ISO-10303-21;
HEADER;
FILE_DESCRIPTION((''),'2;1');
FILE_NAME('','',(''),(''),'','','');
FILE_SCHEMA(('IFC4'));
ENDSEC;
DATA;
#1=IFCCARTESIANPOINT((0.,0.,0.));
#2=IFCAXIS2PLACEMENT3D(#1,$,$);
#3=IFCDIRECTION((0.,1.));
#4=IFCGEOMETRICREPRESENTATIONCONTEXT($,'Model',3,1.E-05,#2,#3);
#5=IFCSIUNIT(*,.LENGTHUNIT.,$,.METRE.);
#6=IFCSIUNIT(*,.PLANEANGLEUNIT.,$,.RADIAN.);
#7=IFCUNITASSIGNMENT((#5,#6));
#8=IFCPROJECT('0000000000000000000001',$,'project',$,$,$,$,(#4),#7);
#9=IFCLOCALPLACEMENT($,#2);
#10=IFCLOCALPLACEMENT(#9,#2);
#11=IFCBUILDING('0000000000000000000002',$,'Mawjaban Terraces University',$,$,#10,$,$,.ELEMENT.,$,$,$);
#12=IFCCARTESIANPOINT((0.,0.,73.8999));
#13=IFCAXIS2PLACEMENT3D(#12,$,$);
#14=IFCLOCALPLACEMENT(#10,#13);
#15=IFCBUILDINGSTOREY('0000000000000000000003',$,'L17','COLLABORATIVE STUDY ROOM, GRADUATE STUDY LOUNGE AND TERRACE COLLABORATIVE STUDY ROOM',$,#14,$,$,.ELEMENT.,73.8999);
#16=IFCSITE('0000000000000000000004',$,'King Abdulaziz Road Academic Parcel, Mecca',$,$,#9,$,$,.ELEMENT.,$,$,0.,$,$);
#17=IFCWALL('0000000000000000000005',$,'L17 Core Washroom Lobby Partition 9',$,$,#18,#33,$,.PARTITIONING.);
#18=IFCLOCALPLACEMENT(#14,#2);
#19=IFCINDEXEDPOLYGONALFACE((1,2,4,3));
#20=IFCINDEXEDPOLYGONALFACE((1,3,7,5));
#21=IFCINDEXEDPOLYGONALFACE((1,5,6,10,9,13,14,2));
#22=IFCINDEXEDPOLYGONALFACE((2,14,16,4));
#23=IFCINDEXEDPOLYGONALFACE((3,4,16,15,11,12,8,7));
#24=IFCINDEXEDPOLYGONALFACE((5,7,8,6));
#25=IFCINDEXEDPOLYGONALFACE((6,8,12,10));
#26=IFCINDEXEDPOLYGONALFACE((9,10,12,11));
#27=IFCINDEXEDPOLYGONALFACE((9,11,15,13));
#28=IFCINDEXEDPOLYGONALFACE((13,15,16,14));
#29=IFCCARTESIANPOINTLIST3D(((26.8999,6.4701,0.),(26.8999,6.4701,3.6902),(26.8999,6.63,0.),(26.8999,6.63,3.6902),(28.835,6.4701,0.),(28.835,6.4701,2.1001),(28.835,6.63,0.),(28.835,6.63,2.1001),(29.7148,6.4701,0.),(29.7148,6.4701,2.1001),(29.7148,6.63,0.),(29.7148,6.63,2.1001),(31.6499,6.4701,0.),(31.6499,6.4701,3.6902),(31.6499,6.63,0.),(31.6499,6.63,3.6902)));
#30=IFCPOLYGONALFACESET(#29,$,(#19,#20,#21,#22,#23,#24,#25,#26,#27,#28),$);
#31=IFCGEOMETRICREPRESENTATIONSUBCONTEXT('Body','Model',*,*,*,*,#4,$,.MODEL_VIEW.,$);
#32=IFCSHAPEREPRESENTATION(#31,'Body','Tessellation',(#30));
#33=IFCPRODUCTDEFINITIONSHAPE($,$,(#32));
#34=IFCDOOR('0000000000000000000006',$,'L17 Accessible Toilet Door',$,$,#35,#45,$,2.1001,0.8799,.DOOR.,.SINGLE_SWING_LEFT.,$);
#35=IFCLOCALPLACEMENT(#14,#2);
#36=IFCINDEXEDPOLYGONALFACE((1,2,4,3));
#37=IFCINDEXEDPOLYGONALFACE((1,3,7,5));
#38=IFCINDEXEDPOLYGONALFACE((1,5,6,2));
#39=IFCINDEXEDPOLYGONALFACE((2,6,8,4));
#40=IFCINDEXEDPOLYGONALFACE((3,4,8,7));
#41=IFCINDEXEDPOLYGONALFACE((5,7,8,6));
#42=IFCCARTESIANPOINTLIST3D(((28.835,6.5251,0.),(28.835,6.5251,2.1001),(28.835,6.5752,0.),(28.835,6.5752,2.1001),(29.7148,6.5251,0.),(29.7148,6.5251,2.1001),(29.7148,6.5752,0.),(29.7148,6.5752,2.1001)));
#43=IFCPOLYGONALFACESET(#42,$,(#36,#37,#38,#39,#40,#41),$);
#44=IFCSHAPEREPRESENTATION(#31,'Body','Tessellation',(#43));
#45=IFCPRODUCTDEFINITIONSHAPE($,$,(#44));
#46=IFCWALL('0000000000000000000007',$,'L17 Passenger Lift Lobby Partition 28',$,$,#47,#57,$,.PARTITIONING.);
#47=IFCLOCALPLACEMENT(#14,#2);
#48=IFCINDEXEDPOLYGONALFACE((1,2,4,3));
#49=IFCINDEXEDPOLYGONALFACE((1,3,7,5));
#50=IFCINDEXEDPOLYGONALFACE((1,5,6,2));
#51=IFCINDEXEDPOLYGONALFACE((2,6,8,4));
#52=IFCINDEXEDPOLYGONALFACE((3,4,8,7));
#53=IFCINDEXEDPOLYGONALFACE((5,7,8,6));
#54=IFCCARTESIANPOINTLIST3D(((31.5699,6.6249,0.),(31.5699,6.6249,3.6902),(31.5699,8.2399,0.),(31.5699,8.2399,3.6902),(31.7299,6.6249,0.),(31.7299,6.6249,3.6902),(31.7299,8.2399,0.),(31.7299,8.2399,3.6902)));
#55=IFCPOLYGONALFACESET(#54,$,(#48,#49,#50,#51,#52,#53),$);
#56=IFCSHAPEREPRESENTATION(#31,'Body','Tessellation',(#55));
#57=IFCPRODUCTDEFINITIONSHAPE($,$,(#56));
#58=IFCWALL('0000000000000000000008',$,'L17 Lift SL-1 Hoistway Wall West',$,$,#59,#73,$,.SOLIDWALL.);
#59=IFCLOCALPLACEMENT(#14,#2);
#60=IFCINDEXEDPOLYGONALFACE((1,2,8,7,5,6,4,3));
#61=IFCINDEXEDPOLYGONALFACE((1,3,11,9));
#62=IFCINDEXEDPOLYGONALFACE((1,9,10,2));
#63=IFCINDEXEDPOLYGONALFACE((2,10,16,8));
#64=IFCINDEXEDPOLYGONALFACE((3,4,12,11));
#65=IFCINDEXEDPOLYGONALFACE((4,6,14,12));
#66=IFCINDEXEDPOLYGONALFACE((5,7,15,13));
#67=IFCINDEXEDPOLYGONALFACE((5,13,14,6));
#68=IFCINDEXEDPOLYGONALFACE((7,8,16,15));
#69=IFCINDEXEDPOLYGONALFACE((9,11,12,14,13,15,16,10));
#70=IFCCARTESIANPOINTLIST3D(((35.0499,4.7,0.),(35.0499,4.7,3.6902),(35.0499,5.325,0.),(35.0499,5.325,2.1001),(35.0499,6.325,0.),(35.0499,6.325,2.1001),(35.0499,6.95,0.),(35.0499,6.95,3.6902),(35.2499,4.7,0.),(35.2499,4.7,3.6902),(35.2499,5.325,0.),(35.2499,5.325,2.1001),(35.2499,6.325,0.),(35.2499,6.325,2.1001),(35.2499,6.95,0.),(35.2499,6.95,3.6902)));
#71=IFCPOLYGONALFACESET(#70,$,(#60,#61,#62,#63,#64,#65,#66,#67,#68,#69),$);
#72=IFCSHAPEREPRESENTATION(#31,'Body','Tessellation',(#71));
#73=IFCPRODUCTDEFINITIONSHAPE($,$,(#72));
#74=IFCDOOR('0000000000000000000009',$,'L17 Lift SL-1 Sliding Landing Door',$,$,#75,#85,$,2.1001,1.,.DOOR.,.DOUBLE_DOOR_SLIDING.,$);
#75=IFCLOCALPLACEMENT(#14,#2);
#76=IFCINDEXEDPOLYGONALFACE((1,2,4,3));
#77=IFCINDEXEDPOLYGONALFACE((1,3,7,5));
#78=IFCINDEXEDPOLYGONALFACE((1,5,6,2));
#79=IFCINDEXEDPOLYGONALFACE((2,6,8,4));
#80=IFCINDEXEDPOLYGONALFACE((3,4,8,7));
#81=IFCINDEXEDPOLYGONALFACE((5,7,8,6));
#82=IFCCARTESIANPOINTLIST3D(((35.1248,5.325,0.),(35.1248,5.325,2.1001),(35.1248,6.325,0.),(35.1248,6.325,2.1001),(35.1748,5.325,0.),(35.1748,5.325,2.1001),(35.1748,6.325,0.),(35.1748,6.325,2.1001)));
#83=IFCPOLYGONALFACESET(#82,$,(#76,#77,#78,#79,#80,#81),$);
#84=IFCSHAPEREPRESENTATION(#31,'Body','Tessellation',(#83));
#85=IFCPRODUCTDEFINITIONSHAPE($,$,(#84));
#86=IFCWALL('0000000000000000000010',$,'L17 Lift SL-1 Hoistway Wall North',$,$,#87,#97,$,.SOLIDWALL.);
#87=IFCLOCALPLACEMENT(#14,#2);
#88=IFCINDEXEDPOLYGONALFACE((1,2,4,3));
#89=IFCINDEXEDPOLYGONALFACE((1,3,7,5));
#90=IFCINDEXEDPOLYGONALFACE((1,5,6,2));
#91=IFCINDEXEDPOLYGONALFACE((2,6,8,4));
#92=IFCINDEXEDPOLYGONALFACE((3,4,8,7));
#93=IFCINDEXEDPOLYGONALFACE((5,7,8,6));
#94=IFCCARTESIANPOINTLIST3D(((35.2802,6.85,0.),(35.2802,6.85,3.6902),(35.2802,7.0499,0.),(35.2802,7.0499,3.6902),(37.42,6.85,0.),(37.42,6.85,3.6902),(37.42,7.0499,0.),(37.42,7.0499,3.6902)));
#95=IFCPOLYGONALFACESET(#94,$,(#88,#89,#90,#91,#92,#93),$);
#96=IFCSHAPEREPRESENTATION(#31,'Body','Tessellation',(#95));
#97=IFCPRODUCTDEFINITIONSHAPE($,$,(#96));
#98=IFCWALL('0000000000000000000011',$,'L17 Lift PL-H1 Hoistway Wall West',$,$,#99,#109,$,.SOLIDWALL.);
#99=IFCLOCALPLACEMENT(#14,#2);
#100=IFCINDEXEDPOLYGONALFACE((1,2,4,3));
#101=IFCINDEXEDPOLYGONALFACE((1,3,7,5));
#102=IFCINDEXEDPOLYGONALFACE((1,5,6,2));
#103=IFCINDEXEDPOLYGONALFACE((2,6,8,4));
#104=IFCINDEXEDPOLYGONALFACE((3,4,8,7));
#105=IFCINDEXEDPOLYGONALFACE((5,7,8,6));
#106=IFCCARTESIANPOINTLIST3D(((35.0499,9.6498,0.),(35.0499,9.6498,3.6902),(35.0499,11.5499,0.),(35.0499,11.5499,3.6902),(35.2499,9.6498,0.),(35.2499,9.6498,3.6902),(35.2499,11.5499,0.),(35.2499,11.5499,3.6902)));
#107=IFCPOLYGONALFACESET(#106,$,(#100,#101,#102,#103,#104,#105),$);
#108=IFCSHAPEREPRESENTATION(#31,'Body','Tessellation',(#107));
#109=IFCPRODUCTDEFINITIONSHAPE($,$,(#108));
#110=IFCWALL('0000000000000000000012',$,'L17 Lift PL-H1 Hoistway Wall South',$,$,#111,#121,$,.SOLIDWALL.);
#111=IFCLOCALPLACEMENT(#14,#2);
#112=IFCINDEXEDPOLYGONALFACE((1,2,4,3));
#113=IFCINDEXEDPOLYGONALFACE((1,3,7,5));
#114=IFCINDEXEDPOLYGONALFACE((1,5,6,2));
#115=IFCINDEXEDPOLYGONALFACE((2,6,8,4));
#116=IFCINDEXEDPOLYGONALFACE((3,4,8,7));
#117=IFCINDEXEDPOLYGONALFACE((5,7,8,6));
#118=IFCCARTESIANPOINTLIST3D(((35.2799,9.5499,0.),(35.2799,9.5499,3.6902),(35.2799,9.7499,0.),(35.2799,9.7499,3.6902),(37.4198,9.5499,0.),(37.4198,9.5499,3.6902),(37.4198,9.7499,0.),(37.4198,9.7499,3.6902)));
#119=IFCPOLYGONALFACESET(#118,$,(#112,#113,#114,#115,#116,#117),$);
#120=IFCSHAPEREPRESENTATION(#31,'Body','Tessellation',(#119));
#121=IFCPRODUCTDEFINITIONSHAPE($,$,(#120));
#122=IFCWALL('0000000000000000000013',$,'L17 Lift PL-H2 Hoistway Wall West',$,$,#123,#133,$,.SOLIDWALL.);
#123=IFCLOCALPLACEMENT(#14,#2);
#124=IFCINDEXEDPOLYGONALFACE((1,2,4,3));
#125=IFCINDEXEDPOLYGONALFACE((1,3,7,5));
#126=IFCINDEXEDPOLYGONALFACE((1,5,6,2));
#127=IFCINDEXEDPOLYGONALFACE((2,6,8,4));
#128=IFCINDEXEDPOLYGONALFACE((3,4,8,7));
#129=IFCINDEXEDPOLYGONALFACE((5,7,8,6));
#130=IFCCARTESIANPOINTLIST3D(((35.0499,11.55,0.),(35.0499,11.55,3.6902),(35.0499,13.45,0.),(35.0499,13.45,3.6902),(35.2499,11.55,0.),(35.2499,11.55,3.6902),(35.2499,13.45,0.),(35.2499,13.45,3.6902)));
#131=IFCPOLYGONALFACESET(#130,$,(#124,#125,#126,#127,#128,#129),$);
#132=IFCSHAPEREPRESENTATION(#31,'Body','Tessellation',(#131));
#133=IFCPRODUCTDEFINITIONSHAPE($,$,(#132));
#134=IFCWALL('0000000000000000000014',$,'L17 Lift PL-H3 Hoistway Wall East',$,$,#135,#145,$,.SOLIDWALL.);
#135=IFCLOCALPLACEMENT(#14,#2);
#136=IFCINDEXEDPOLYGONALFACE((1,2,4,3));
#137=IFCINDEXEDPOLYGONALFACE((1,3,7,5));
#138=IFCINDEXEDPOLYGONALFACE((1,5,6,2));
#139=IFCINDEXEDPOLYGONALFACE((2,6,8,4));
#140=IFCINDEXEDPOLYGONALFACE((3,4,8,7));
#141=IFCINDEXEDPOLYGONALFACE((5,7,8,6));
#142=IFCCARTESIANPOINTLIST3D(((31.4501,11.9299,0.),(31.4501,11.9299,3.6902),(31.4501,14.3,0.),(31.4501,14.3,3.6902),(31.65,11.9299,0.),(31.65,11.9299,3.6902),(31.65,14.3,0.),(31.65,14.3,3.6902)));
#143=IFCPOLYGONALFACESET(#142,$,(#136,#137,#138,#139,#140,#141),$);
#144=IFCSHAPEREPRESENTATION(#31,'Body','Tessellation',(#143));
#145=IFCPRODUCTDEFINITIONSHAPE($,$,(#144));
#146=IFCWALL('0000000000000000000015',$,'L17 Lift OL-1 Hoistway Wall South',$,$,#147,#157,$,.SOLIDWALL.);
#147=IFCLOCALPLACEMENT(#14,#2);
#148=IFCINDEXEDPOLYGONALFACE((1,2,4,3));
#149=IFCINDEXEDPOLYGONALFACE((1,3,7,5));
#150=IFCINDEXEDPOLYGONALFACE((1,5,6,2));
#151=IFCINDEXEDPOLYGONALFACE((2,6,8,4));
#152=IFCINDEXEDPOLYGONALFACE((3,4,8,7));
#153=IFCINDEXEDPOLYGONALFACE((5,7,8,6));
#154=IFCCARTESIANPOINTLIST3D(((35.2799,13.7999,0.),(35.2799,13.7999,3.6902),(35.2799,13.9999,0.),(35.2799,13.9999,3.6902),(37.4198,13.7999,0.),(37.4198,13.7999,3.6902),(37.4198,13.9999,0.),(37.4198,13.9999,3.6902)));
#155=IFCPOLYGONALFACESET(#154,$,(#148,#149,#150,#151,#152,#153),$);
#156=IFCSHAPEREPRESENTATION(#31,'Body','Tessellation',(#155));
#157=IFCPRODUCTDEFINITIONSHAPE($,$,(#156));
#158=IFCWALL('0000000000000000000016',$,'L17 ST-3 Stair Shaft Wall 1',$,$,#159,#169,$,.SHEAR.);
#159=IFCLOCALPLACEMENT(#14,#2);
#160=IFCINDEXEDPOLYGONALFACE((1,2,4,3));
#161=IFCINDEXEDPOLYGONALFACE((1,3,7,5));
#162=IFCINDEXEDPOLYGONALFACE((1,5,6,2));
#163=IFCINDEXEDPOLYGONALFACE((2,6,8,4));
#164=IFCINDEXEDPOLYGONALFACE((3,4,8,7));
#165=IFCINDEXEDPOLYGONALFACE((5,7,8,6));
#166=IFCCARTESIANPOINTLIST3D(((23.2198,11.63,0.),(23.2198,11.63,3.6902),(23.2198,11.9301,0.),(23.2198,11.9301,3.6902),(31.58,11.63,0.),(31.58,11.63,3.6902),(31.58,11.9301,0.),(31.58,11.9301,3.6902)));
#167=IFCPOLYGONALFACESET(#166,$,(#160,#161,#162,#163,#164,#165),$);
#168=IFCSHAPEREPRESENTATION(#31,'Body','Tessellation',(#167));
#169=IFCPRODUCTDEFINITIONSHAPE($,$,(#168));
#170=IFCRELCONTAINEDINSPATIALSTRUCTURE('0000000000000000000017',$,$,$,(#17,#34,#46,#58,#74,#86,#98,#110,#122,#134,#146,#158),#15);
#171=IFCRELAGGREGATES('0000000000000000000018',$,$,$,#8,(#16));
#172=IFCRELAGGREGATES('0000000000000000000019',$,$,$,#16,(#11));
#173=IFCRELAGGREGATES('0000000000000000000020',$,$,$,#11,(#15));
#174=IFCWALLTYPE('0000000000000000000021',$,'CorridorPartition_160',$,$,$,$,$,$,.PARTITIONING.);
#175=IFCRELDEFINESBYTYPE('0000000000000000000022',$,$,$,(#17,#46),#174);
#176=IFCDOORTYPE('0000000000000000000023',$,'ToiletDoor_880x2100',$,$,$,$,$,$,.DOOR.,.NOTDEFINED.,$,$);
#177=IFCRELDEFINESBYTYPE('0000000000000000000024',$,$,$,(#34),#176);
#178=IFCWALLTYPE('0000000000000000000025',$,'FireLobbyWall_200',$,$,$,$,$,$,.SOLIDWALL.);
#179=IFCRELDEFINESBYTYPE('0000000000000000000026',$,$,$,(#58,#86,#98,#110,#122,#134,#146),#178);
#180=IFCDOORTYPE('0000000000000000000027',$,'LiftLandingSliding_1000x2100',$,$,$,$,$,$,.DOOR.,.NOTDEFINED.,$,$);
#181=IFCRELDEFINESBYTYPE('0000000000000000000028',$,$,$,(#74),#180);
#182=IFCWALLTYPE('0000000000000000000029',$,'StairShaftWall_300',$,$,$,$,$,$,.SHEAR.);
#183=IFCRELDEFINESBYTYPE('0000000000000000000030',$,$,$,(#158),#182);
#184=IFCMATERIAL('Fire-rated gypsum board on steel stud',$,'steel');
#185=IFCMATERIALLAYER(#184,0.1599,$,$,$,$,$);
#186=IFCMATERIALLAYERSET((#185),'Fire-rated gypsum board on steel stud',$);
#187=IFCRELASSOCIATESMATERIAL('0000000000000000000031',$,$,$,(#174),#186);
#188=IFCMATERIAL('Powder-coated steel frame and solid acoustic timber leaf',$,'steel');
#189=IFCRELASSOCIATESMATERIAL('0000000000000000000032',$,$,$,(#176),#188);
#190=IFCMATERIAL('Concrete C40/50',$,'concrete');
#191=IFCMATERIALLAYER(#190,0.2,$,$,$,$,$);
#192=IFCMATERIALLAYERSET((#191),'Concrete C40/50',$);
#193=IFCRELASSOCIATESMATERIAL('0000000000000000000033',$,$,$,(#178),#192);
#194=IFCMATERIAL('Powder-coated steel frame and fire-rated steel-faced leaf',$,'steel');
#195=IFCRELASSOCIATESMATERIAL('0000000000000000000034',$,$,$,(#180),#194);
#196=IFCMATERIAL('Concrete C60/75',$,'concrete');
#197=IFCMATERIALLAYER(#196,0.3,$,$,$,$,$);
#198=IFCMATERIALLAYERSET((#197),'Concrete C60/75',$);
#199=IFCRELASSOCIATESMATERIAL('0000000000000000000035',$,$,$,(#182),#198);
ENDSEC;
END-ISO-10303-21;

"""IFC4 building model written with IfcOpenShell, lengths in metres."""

from ifc_helpers import new_model, si_unit, direction, frame, frame_2d, origin, place, context, subcontext, project, spatial, rectangle, extrude, material, layer, layer_set, type_object, element, fill, save


model = new_model("IFC4")

# Units and contexts
model_context = context("Model", 3, precision=1e-05, world=origin(), true_north=direction((0.0, 1.0)))
body_context = subcontext(model_context, "Body", "Model", "MODEL_VIEW")
ifc_project = project(units=[si_unit("LENGTHUNIT", "METRE"), si_unit("PLANEANGLEUNIT", "RADIAN")], contexts=[model_context])

# Site, building, storey
site_placement = place(None, origin())
site = spatial("IfcSite", under=ifc_project, at=site_placement, Name="King Abdulaziz Road Academic Parcel, Mecca", CompositionType="ELEMENT", RefElevation=0.0)
building_placement = place(site_placement, origin())
building = spatial("IfcBuilding", under=site, at=building_placement, Name="Mawjaban Terraces University", CompositionType="ELEMENT")
storey_placement = place(building_placement, frame((0.0, 0.0, 73.8999)))
storey = spatial("IfcBuildingStorey", under=building, at=storey_placement, Name="L17", Description="COLLABORATIVE STUDY ROOM, GRADUATE STUDY LOUNGE AND TERRACE COLLABORATIVE STUDY ROOM", CompositionType="ELEMENT", Elevation=73.8999)

# Wall, opening, door
ifc_material_1 = material(Name="Fire-rated gypsum board on steel stud", Category="steel")
ifc_layer_1 = layer(ifc_material_1, 0.1599)
ifc_layer_set_1 = layer_set([ifc_layer_1], Name="Fire-rated gypsum board on steel stud")
wall_type_1 = type_object("IfcWallType", Name="CorridorPartition_160", PredefinedType="PARTITIONING", material=ifc_layer_set_1)
wall_1_placement = place(storey_placement, frame((31.6499, 6.55, 0.0), z_axis=(0.0, 0.0, 1.0), x_axis=(-1.0, 0.0, 0.0)))
wall_1 = element("IfcWall", 1, at=wall_1_placement, inside=storey, type_object=wall_type_1, Name="L17 Core Washroom Lobby Partition 9", PredefinedType="PARTITIONING", context=body_context, shape_type="SweptSolid", body=[
    extrude(rectangle(XDim=4.75, YDim=0.1599, at=frame_2d((2.375, 0.0))), origin(), (0.0, 0.0, 1.0), 3.6902),
])
opening_1_placement = place(wall_1_placement, frame((1.9351, 0.0, 0.0)))
opening_1 = element("IfcOpeningElement", 2, at=opening_1_placement, cuts=wall_1, PredefinedType="OPENING", context=body_context, shape_type="SweptSolid", body=[
    extrude(rectangle(XDim=0.8799, YDim=2.1001, at=frame_2d((0.4399, 1.05))), frame((0.0, 0.0898, 0.0), z_axis=(0.0, -1.0, 0.0), x_axis=(1.0, 0.0, 0.0)), (0.0, 0.0, 1.0), 0.1799),
])
ifc_material_2 = material(Name="Powder-coated steel frame and solid acoustic timber leaf", Category="steel")
door_type_1 = type_object("IfcDoorType", Name="ToiletDoor_880x2100", OperationType="NOTDEFINED", PredefinedType="DOOR", material=ifc_material_2)
door_1_placement = place(opening_1_placement, origin())
door_1 = element("IfcDoor", 3, at=door_1_placement, inside=storey, type_object=door_type_1, Name="L17 Accessible Toilet Door", OperationType="SINGLE_SWING_LEFT", OverallHeight=2.1001, OverallWidth=0.8799, PredefinedType="DOOR", context=body_context, shape_type="SweptSolid", body=[
    extrude(rectangle(XDim=0.8799, YDim=2.1001, at=frame_2d((0.4399, 1.05))), frame((0.0, 0.0249, 0.0), z_axis=(0.0, -1.0, 0.0), x_axis=(1.0, 0.0, 0.0)), (0.0, 0.0, 1.0), 0.05),
])
fill(opening_1, door_1)

# Wall
wall_2_placement = place(storey_placement, frame((31.6499, 8.24, 0.0), z_axis=(0.0, 0.0, 1.0), x_axis=(0.0, -1.0, 0.0)))
element("IfcWall", 4, at=wall_2_placement, inside=storey, type_object=wall_type_1, Name="L17 Passenger Lift Lobby Partition 28", PredefinedType="PARTITIONING", context=body_context, shape_type="SweptSolid", body=[
    extrude(rectangle(XDim=1.615, YDim=0.1599, at=frame_2d((0.8076, 0.0))), origin(), (0.0, 0.0, 1.0), 3.6902),
])

# Wall, opening, door
ifc_material_3 = material(Name="Concrete C40/50", Category="concrete")
ifc_layer_2 = layer(ifc_material_3, 0.2)
ifc_layer_set_2 = layer_set([ifc_layer_2], Name="Concrete C40/50")
wall_type_2 = type_object("IfcWallType", Name="FireLobbyWall_200", PredefinedType="SOLIDWALL", material=ifc_layer_set_2)
wall_3_placement = place(storey_placement, frame((35.1499, 6.95, 0.0), z_axis=(0.0, 0.0, 1.0), x_axis=(0.0, -1.0, 0.0)))
wall_3 = element("IfcWall", 5, at=wall_3_placement, inside=storey, type_object=wall_type_2, Name="L17 Lift SL-1 Hoistway Wall West", PredefinedType="SOLIDWALL", context=body_context, shape_type="SweptSolid", body=[
    extrude(rectangle(XDim=2.25, YDim=0.2, at=frame_2d((1.125, 0.0))), origin(), (0.0, 0.0, 1.0), 3.6902),
])
opening_2_placement = place(wall_3_placement, frame((0.625, 0.0, 0.0)))
opening_2 = element("IfcOpeningElement", 6, at=opening_2_placement, cuts=wall_3, PredefinedType="OPENING", context=body_context, shape_type="SweptSolid", body=[
    extrude(rectangle(XDim=1.0, YDim=2.1001, at=frame_2d((0.5, 1.05))), frame((0.0, 0.1099, 0.0), z_axis=(0.0, -1.0, 0.0), x_axis=(1.0, 0.0, 0.0)), (0.0, 0.0, 1.0), 0.22),
])
ifc_material_4 = material(Name="Powder-coated steel frame and fire-rated steel-faced leaf", Category="steel")
door_type_2 = type_object("IfcDoorType", Name="LiftLandingSliding_1000x2100", OperationType="NOTDEFINED", PredefinedType="DOOR", material=ifc_material_4)
door_2_placement = place(opening_2_placement, origin())
door_2 = element("IfcDoor", 7, at=door_2_placement, inside=storey, type_object=door_type_2, Name="L17 Lift SL-1 Sliding Landing Door", OperationType="DOUBLE_DOOR_SLIDING", OverallHeight=2.1001, OverallWidth=1.0, PredefinedType="DOOR", context=body_context, shape_type="SweptSolid", body=[
    extrude(rectangle(XDim=1.0, YDim=2.1001, at=frame_2d((0.5, 1.05))), frame((0.0, 0.0249, 0.0), z_axis=(0.0, -1.0, 0.0), x_axis=(1.0, 0.0, 0.0)), (0.0, 0.0, 1.0), 0.05),
])
fill(opening_2, door_2)

# Walls
wall_4_placement = place(storey_placement, frame((37.4199, 6.95, 0.0), z_axis=(0.0, 0.0, 1.0), x_axis=(-1.0, 0.0, 0.0)))
element("IfcWall", 8, at=wall_4_placement, inside=storey, type_object=wall_type_2, Name="L17 Lift SL-1 Hoistway Wall North", PredefinedType="SOLIDWALL", context=body_context, shape_type="SweptSolid", body=[
    extrude(rectangle(XDim=2.1399, YDim=0.2, at=frame_2d((1.0698, 0.0))), origin(), (0.0, 0.0, 1.0), 3.6902),
])
wall_5_placement = place(storey_placement, frame((35.1499, 11.55, 0.0), z_axis=(0.0, 0.0, 1.0), x_axis=(0.0, -1.0, 0.0)))
element("IfcWall", 9, at=wall_5_placement, inside=storey, type_object=wall_type_2, Name="L17 Lift PL-H1 Hoistway Wall West", PredefinedType="SOLIDWALL", context=body_context, shape_type="SweptSolid", body=[
    extrude(rectangle(XDim=1.9001, YDim=0.2, at=frame_2d((0.9502, 0.0))), origin(), (0.0, 0.0, 1.0), 3.6902),
])
wall_6_placement = place(storey_placement, frame((35.28, 9.6499, 0.0), z_axis=(0.0, 0.0, 1.0), x_axis=(1.0, 0.0, 0.0)))
element("IfcWall", 10, at=wall_6_placement, inside=storey, type_object=wall_type_2, Name="L17 Lift PL-H1 Hoistway Wall South", PredefinedType="SOLIDWALL", context=body_context, shape_type="SweptSolid", body=[
    extrude(rectangle(XDim=2.1399, YDim=0.2, at=frame_2d((1.0698, 0.0))), origin(), (0.0, 0.0, 1.0), 3.6902),
])
wall_7_placement = place(storey_placement, frame((35.1499, 13.45, 0.0), z_axis=(0.0, 0.0, 1.0), x_axis=(0.0, -1.0, 0.0)))
element("IfcWall", 11, at=wall_7_placement, inside=storey, type_object=wall_type_2, Name="L17 Lift PL-H2 Hoistway Wall West", PredefinedType="SOLIDWALL", context=body_context, shape_type="SweptSolid", body=[
    extrude(rectangle(XDim=1.8999, YDim=0.2, at=frame_2d((0.95, 0.0))), origin(), (0.0, 0.0, 1.0), 3.6902),
])
wall_8_placement = place(storey_placement, frame((31.55, 11.9299, 0.0), z_axis=(0.0, 0.0, 1.0), x_axis=(0.0, 1.0, 0.0)))
element("IfcWall", 12, at=wall_8_placement, inside=storey, type_object=wall_type_2, Name="L17 Lift PL-H3 Hoistway Wall East", PredefinedType="SOLIDWALL", context=body_context, shape_type="SweptSolid", body=[
    extrude(rectangle(XDim=2.3701, YDim=0.2, at=frame_2d((1.1851, 0.0))), origin(), (0.0, 0.0, 1.0), 3.6902),
])
wall_9_placement = place(storey_placement, frame((35.28, 13.8999, 0.0), z_axis=(0.0, 0.0, 1.0), x_axis=(1.0, 0.0, 0.0)))
element("IfcWall", 13, at=wall_9_placement, inside=storey, type_object=wall_type_2, Name="L17 Lift OL-1 Hoistway Wall South", PredefinedType="SOLIDWALL", context=body_context, shape_type="SweptSolid", body=[
    extrude(rectangle(XDim=2.1399, YDim=0.2, at=frame_2d((1.0698, 0.0))), origin(), (0.0, 0.0, 1.0), 3.6902),
])
ifc_material_5 = material(Name="Concrete C60/75", Category="concrete")
ifc_layer_3 = layer(ifc_material_5, 0.3)
ifc_layer_set_3 = layer_set([ifc_layer_3], Name="Concrete C60/75")
wall_type_3 = type_object("IfcWallType", Name="StairShaftWall_300", PredefinedType="SHEAR", material=ifc_layer_set_3)
wall_10_placement = place(storey_placement, frame((31.5801, 11.78, 0.0), z_axis=(0.0, 0.0, 1.0), x_axis=(-1.0, 0.0, 0.0)))
element("IfcWall", 14, at=wall_10_placement, inside=storey, type_object=wall_type_3, Name="L17 ST-3 Stair Shaft Wall 1", PredefinedType="SHEAR", context=body_context, shape_type="SweptSolid", body=[
    extrude(rectangle(XDim=8.3601, YDim=0.3, at=frame_2d((4.1802, 0.0))), origin(), (0.0, 0.0, 1.0), 3.6902),
])

save(model, "model.ifc")
